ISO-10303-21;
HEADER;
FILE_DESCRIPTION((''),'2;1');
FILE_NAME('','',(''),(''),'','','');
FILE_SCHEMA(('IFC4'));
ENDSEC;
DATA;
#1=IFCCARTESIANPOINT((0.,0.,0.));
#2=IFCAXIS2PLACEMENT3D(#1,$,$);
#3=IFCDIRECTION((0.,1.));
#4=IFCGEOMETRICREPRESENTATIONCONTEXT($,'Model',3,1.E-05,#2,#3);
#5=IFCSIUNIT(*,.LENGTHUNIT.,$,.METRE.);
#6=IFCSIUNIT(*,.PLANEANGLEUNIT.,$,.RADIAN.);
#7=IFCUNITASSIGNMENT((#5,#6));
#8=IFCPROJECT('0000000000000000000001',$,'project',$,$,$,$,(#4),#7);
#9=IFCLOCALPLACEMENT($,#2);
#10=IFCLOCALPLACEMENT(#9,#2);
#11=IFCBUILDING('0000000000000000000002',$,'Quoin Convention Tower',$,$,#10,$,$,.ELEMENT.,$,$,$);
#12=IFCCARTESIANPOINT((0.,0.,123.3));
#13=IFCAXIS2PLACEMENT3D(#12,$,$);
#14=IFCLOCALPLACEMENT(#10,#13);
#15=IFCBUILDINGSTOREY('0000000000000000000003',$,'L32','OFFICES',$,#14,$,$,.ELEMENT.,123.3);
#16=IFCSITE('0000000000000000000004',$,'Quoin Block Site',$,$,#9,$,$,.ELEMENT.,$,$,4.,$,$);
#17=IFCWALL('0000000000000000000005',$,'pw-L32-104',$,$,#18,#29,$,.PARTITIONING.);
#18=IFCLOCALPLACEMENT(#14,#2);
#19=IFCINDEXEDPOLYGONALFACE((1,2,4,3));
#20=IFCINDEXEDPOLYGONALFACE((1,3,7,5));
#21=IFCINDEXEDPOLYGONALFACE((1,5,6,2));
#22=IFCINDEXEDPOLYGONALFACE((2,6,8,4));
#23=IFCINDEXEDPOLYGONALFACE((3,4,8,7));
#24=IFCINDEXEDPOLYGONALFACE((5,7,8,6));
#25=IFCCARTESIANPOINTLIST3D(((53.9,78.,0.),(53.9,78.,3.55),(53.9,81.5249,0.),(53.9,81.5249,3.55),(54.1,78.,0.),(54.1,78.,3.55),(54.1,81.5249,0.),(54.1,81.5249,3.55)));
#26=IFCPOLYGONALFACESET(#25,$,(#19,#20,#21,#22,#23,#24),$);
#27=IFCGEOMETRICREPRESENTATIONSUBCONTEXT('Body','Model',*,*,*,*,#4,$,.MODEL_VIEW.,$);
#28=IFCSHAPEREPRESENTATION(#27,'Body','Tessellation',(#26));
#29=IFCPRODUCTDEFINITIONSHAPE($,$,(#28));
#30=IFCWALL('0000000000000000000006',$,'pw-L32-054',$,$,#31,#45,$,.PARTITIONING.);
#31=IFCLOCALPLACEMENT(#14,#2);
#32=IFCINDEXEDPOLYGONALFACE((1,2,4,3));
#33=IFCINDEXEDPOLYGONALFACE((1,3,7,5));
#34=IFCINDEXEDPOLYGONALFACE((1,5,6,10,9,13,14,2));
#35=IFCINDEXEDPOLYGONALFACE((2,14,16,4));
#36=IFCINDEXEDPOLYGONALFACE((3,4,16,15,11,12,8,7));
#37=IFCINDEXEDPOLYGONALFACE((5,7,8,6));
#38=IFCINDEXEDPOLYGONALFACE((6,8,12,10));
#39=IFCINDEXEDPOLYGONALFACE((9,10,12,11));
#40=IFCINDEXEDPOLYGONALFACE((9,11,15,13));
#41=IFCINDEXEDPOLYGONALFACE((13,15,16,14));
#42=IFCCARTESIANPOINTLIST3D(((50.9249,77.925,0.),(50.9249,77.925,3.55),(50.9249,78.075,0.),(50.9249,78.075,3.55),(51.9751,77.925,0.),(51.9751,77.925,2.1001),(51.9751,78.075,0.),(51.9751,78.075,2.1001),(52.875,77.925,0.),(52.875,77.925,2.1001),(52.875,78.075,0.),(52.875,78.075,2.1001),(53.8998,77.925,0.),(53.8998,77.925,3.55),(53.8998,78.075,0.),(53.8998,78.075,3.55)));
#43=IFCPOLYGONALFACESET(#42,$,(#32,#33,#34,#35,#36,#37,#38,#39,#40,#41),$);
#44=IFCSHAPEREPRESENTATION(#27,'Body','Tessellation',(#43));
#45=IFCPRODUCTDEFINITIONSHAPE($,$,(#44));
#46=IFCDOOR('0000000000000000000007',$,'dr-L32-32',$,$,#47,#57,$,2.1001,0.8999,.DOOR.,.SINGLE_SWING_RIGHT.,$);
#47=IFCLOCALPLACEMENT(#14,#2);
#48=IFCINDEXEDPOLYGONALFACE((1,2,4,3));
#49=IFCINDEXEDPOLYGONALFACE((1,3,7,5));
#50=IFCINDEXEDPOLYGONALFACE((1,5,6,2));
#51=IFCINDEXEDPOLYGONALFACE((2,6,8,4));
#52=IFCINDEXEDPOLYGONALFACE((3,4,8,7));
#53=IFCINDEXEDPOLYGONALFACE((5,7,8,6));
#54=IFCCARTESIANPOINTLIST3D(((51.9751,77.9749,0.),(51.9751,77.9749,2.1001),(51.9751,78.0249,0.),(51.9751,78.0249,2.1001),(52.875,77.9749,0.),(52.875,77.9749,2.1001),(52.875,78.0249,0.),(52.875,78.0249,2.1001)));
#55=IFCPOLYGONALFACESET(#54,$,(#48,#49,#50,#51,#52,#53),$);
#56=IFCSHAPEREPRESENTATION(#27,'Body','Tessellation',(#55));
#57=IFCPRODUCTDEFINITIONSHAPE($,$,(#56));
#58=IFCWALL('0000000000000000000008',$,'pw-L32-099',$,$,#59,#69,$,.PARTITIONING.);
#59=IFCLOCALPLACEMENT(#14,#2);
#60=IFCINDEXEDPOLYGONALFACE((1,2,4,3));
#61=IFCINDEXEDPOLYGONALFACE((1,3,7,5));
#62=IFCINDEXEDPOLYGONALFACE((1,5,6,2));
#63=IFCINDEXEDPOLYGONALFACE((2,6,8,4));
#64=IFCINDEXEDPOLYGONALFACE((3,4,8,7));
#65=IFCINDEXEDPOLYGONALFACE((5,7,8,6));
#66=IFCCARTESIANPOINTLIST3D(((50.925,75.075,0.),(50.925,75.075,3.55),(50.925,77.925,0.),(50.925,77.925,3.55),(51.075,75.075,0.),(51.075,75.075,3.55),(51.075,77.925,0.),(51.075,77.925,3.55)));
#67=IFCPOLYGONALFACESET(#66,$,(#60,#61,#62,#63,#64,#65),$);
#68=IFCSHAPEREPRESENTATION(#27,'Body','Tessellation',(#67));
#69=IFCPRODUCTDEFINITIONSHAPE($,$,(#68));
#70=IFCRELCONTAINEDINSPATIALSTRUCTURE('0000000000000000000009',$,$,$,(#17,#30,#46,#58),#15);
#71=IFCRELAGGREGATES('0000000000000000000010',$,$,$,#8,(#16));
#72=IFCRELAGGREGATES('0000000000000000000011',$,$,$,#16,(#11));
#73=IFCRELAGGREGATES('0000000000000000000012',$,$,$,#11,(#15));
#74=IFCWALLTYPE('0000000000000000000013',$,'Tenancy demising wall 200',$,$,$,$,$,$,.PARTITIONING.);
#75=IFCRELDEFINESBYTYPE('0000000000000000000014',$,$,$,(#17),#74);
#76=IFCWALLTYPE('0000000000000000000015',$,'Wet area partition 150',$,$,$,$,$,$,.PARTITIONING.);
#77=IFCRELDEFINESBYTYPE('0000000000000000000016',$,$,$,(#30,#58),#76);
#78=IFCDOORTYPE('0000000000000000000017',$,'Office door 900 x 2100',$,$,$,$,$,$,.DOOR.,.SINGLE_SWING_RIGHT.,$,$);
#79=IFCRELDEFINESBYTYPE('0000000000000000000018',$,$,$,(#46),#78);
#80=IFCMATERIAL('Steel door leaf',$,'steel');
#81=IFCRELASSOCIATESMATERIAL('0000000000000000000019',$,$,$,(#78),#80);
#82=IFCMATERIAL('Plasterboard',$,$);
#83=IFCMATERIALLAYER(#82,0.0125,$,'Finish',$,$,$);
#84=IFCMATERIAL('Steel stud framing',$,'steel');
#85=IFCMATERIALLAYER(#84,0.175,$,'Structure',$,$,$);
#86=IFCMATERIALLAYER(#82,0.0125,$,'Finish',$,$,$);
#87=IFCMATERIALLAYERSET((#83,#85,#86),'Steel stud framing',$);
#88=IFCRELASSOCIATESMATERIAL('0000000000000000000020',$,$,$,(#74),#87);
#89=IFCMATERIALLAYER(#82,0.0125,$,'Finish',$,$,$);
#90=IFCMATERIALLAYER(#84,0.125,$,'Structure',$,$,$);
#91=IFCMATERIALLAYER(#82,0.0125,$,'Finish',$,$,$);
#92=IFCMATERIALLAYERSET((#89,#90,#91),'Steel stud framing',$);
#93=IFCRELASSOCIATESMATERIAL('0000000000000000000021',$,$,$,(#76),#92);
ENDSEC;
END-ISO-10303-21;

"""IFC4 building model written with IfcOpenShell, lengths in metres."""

from ifc_helpers import new_model, si_unit, direction, frame, frame_2d, origin, place, context, subcontext, project, spatial, rectangle, extrude, material, layer, layer_set, type_object, element, fill, save


model = new_model("IFC4")

# Units and contexts
model_context = context("Model", 3, precision=1e-05, world=origin(), true_north=direction((0.0, 1.0)))
body_context = subcontext(model_context, "Body", "Model", "MODEL_VIEW")
ifc_project = project(units=[si_unit("LENGTHUNIT", "METRE"), si_unit("PLANEANGLEUNIT", "RADIAN")], contexts=[model_context])

# Site, building, storey
site_placement = place(None, origin())
site = spatial("IfcSite", under=ifc_project, at=site_placement, Name="Quoin Block Site", CompositionType="ELEMENT", RefElevation=4.0)
building_placement = place(site_placement, origin())
building = spatial("IfcBuilding", under=site, at=building_placement, Name="Quoin Convention Tower", CompositionType="ELEMENT")
storey_placement = place(building_placement, frame((0.0, 0.0, 123.3)))
storey = spatial("IfcBuildingStorey", under=building, at=storey_placement, Name="L32", Description="OFFICES", CompositionType="ELEMENT", Elevation=123.3)

# Shared definitions
ifc_material_1 = material(Name="Plasterboard")
ifc_material_2 = material(Name="Steel stud framing", Category="steel")
ifc_material_3 = material(Name="Steel door leaf", Category="steel")

# Shared definitions
door_type_1 = type_object("IfcDoorType", Name="Office door 900 x 2100", OperationType="SINGLE_SWING_RIGHT", PredefinedType="DOOR", material=ifc_material_3)

# Wall
ifc_layer_1 = layer(ifc_material_1, 0.0125, Name="Finish")
ifc_layer_2 = layer(ifc_material_2, 0.175, Name="Structure")
ifc_layer_3 = layer(ifc_material_1, 0.0125, Name="Finish")
ifc_layer_set_1 = layer_set([ifc_layer_1, ifc_layer_2, ifc_layer_3], Name="Steel stud framing")
wall_type_1 = type_object("IfcWallType", Name="Tenancy demising wall 200", PredefinedType="PARTITIONING", material=ifc_layer_set_1)
wall_1_placement = place(storey_placement, frame((54.0, 78.0, 0.0), z_axis=(0.0, 0.0, 1.0), x_axis=(0.0, 1.0, 0.0)))
element("IfcWall", 1, at=wall_1_placement, inside=storey, type_object=wall_type_1, Name="pw-L32-104", PredefinedType="PARTITIONING", context=body_context, shape_type="SweptSolid", body=[
    extrude(rectangle(XDim=3.5249, YDim=0.2, at=frame_2d((1.7625, 0.0))), origin(), (0.0, 0.0, 1.0), 3.55),
])

# Wall, opening, door
ifc_layer_4 = layer(ifc_material_1, 0.0125, Name="Finish")
ifc_layer_5 = layer(ifc_material_2, 0.125, Name="Structure")
ifc_layer_6 = layer(ifc_material_1, 0.0125, Name="Finish")
ifc_layer_set_2 = layer_set([ifc_layer_4, ifc_layer_5, ifc_layer_6], Name="Steel stud framing")
wall_type_2 = type_object("IfcWallType", Name="Wet area partition 150", PredefinedType="PARTITIONING", material=ifc_layer_set_2)
wall_2_placement = place(storey_placement, frame((50.925, 78.0, 0.0), z_axis=(0.0, 0.0, 1.0), x_axis=(1.0, 0.0, 0.0)))
wall_2 = element("IfcWall", 2, at=wall_2_placement, inside=storey, type_object=wall_type_2, Name="pw-L32-054", PredefinedType="PARTITIONING", context=body_context, shape_type="SweptSolid", body=[
    extrude(rectangle(XDim=2.9749, YDim=0.1499, at=frame_2d((1.4873, 0.0))), origin(), (0.0, 0.0, 1.0), 3.55),
])
opening_1_placement = place(wall_2_placement, frame((1.05, 0.0, 0.0)))
opening_1 = element("IfcOpeningElement", 3, at=opening_1_placement, cuts=wall_2, PredefinedType="OPENING", context=body_context, shape_type="SweptSolid", body=[
    extrude(rectangle(XDim=0.8999, YDim=2.1001, at=frame_2d((0.45, 1.05))), frame((0.0, 0.085, 0.0), z_axis=(0.0, -1.0, 0.0), x_axis=(1.0, 0.0, 0.0)), (0.0, 0.0, 1.0), 0.1699),
])
door_1_placement = place(opening_1_placement, origin())
door_1 = element("IfcDoor", 4, at=door_1_placement, inside=storey, type_object=door_type_1, Name="dr-L32-32", OperationType="SINGLE_SWING_RIGHT", OverallHeight=2.1001, OverallWidth=0.8999, PredefinedType="DOOR", context=body_context, shape_type="SweptSolid", body=[
    extrude(rectangle(XDim=0.8999, YDim=2.1001, at=frame_2d((0.45, 1.05))), frame((0.0, 0.0249, 0.0), z_axis=(0.0, -1.0, 0.0), x_axis=(1.0, 0.0, 0.0)), (0.0, 0.0, 1.0), 0.05),
])
fill(opening_1, door_1)

# Wall
wall_3_placement = place(storey_placement, frame((51.0, 75.075, 0.0), z_axis=(0.0, 0.0, 1.0), x_axis=(0.0, 1.0, 0.0)))
element("IfcWall", 5, at=wall_3_placement, inside=storey, type_object=wall_type_2, Name="pw-L32-099", PredefinedType="PARTITIONING", context=body_context, shape_type="SweptSolid", body=[
    extrude(rectangle(XDim=2.8501, YDim=0.1499, at=frame_2d((1.425, 0.0))), origin(), (0.0, 0.0, 1.0), 3.55),
])

save(model, "model.ifc")
